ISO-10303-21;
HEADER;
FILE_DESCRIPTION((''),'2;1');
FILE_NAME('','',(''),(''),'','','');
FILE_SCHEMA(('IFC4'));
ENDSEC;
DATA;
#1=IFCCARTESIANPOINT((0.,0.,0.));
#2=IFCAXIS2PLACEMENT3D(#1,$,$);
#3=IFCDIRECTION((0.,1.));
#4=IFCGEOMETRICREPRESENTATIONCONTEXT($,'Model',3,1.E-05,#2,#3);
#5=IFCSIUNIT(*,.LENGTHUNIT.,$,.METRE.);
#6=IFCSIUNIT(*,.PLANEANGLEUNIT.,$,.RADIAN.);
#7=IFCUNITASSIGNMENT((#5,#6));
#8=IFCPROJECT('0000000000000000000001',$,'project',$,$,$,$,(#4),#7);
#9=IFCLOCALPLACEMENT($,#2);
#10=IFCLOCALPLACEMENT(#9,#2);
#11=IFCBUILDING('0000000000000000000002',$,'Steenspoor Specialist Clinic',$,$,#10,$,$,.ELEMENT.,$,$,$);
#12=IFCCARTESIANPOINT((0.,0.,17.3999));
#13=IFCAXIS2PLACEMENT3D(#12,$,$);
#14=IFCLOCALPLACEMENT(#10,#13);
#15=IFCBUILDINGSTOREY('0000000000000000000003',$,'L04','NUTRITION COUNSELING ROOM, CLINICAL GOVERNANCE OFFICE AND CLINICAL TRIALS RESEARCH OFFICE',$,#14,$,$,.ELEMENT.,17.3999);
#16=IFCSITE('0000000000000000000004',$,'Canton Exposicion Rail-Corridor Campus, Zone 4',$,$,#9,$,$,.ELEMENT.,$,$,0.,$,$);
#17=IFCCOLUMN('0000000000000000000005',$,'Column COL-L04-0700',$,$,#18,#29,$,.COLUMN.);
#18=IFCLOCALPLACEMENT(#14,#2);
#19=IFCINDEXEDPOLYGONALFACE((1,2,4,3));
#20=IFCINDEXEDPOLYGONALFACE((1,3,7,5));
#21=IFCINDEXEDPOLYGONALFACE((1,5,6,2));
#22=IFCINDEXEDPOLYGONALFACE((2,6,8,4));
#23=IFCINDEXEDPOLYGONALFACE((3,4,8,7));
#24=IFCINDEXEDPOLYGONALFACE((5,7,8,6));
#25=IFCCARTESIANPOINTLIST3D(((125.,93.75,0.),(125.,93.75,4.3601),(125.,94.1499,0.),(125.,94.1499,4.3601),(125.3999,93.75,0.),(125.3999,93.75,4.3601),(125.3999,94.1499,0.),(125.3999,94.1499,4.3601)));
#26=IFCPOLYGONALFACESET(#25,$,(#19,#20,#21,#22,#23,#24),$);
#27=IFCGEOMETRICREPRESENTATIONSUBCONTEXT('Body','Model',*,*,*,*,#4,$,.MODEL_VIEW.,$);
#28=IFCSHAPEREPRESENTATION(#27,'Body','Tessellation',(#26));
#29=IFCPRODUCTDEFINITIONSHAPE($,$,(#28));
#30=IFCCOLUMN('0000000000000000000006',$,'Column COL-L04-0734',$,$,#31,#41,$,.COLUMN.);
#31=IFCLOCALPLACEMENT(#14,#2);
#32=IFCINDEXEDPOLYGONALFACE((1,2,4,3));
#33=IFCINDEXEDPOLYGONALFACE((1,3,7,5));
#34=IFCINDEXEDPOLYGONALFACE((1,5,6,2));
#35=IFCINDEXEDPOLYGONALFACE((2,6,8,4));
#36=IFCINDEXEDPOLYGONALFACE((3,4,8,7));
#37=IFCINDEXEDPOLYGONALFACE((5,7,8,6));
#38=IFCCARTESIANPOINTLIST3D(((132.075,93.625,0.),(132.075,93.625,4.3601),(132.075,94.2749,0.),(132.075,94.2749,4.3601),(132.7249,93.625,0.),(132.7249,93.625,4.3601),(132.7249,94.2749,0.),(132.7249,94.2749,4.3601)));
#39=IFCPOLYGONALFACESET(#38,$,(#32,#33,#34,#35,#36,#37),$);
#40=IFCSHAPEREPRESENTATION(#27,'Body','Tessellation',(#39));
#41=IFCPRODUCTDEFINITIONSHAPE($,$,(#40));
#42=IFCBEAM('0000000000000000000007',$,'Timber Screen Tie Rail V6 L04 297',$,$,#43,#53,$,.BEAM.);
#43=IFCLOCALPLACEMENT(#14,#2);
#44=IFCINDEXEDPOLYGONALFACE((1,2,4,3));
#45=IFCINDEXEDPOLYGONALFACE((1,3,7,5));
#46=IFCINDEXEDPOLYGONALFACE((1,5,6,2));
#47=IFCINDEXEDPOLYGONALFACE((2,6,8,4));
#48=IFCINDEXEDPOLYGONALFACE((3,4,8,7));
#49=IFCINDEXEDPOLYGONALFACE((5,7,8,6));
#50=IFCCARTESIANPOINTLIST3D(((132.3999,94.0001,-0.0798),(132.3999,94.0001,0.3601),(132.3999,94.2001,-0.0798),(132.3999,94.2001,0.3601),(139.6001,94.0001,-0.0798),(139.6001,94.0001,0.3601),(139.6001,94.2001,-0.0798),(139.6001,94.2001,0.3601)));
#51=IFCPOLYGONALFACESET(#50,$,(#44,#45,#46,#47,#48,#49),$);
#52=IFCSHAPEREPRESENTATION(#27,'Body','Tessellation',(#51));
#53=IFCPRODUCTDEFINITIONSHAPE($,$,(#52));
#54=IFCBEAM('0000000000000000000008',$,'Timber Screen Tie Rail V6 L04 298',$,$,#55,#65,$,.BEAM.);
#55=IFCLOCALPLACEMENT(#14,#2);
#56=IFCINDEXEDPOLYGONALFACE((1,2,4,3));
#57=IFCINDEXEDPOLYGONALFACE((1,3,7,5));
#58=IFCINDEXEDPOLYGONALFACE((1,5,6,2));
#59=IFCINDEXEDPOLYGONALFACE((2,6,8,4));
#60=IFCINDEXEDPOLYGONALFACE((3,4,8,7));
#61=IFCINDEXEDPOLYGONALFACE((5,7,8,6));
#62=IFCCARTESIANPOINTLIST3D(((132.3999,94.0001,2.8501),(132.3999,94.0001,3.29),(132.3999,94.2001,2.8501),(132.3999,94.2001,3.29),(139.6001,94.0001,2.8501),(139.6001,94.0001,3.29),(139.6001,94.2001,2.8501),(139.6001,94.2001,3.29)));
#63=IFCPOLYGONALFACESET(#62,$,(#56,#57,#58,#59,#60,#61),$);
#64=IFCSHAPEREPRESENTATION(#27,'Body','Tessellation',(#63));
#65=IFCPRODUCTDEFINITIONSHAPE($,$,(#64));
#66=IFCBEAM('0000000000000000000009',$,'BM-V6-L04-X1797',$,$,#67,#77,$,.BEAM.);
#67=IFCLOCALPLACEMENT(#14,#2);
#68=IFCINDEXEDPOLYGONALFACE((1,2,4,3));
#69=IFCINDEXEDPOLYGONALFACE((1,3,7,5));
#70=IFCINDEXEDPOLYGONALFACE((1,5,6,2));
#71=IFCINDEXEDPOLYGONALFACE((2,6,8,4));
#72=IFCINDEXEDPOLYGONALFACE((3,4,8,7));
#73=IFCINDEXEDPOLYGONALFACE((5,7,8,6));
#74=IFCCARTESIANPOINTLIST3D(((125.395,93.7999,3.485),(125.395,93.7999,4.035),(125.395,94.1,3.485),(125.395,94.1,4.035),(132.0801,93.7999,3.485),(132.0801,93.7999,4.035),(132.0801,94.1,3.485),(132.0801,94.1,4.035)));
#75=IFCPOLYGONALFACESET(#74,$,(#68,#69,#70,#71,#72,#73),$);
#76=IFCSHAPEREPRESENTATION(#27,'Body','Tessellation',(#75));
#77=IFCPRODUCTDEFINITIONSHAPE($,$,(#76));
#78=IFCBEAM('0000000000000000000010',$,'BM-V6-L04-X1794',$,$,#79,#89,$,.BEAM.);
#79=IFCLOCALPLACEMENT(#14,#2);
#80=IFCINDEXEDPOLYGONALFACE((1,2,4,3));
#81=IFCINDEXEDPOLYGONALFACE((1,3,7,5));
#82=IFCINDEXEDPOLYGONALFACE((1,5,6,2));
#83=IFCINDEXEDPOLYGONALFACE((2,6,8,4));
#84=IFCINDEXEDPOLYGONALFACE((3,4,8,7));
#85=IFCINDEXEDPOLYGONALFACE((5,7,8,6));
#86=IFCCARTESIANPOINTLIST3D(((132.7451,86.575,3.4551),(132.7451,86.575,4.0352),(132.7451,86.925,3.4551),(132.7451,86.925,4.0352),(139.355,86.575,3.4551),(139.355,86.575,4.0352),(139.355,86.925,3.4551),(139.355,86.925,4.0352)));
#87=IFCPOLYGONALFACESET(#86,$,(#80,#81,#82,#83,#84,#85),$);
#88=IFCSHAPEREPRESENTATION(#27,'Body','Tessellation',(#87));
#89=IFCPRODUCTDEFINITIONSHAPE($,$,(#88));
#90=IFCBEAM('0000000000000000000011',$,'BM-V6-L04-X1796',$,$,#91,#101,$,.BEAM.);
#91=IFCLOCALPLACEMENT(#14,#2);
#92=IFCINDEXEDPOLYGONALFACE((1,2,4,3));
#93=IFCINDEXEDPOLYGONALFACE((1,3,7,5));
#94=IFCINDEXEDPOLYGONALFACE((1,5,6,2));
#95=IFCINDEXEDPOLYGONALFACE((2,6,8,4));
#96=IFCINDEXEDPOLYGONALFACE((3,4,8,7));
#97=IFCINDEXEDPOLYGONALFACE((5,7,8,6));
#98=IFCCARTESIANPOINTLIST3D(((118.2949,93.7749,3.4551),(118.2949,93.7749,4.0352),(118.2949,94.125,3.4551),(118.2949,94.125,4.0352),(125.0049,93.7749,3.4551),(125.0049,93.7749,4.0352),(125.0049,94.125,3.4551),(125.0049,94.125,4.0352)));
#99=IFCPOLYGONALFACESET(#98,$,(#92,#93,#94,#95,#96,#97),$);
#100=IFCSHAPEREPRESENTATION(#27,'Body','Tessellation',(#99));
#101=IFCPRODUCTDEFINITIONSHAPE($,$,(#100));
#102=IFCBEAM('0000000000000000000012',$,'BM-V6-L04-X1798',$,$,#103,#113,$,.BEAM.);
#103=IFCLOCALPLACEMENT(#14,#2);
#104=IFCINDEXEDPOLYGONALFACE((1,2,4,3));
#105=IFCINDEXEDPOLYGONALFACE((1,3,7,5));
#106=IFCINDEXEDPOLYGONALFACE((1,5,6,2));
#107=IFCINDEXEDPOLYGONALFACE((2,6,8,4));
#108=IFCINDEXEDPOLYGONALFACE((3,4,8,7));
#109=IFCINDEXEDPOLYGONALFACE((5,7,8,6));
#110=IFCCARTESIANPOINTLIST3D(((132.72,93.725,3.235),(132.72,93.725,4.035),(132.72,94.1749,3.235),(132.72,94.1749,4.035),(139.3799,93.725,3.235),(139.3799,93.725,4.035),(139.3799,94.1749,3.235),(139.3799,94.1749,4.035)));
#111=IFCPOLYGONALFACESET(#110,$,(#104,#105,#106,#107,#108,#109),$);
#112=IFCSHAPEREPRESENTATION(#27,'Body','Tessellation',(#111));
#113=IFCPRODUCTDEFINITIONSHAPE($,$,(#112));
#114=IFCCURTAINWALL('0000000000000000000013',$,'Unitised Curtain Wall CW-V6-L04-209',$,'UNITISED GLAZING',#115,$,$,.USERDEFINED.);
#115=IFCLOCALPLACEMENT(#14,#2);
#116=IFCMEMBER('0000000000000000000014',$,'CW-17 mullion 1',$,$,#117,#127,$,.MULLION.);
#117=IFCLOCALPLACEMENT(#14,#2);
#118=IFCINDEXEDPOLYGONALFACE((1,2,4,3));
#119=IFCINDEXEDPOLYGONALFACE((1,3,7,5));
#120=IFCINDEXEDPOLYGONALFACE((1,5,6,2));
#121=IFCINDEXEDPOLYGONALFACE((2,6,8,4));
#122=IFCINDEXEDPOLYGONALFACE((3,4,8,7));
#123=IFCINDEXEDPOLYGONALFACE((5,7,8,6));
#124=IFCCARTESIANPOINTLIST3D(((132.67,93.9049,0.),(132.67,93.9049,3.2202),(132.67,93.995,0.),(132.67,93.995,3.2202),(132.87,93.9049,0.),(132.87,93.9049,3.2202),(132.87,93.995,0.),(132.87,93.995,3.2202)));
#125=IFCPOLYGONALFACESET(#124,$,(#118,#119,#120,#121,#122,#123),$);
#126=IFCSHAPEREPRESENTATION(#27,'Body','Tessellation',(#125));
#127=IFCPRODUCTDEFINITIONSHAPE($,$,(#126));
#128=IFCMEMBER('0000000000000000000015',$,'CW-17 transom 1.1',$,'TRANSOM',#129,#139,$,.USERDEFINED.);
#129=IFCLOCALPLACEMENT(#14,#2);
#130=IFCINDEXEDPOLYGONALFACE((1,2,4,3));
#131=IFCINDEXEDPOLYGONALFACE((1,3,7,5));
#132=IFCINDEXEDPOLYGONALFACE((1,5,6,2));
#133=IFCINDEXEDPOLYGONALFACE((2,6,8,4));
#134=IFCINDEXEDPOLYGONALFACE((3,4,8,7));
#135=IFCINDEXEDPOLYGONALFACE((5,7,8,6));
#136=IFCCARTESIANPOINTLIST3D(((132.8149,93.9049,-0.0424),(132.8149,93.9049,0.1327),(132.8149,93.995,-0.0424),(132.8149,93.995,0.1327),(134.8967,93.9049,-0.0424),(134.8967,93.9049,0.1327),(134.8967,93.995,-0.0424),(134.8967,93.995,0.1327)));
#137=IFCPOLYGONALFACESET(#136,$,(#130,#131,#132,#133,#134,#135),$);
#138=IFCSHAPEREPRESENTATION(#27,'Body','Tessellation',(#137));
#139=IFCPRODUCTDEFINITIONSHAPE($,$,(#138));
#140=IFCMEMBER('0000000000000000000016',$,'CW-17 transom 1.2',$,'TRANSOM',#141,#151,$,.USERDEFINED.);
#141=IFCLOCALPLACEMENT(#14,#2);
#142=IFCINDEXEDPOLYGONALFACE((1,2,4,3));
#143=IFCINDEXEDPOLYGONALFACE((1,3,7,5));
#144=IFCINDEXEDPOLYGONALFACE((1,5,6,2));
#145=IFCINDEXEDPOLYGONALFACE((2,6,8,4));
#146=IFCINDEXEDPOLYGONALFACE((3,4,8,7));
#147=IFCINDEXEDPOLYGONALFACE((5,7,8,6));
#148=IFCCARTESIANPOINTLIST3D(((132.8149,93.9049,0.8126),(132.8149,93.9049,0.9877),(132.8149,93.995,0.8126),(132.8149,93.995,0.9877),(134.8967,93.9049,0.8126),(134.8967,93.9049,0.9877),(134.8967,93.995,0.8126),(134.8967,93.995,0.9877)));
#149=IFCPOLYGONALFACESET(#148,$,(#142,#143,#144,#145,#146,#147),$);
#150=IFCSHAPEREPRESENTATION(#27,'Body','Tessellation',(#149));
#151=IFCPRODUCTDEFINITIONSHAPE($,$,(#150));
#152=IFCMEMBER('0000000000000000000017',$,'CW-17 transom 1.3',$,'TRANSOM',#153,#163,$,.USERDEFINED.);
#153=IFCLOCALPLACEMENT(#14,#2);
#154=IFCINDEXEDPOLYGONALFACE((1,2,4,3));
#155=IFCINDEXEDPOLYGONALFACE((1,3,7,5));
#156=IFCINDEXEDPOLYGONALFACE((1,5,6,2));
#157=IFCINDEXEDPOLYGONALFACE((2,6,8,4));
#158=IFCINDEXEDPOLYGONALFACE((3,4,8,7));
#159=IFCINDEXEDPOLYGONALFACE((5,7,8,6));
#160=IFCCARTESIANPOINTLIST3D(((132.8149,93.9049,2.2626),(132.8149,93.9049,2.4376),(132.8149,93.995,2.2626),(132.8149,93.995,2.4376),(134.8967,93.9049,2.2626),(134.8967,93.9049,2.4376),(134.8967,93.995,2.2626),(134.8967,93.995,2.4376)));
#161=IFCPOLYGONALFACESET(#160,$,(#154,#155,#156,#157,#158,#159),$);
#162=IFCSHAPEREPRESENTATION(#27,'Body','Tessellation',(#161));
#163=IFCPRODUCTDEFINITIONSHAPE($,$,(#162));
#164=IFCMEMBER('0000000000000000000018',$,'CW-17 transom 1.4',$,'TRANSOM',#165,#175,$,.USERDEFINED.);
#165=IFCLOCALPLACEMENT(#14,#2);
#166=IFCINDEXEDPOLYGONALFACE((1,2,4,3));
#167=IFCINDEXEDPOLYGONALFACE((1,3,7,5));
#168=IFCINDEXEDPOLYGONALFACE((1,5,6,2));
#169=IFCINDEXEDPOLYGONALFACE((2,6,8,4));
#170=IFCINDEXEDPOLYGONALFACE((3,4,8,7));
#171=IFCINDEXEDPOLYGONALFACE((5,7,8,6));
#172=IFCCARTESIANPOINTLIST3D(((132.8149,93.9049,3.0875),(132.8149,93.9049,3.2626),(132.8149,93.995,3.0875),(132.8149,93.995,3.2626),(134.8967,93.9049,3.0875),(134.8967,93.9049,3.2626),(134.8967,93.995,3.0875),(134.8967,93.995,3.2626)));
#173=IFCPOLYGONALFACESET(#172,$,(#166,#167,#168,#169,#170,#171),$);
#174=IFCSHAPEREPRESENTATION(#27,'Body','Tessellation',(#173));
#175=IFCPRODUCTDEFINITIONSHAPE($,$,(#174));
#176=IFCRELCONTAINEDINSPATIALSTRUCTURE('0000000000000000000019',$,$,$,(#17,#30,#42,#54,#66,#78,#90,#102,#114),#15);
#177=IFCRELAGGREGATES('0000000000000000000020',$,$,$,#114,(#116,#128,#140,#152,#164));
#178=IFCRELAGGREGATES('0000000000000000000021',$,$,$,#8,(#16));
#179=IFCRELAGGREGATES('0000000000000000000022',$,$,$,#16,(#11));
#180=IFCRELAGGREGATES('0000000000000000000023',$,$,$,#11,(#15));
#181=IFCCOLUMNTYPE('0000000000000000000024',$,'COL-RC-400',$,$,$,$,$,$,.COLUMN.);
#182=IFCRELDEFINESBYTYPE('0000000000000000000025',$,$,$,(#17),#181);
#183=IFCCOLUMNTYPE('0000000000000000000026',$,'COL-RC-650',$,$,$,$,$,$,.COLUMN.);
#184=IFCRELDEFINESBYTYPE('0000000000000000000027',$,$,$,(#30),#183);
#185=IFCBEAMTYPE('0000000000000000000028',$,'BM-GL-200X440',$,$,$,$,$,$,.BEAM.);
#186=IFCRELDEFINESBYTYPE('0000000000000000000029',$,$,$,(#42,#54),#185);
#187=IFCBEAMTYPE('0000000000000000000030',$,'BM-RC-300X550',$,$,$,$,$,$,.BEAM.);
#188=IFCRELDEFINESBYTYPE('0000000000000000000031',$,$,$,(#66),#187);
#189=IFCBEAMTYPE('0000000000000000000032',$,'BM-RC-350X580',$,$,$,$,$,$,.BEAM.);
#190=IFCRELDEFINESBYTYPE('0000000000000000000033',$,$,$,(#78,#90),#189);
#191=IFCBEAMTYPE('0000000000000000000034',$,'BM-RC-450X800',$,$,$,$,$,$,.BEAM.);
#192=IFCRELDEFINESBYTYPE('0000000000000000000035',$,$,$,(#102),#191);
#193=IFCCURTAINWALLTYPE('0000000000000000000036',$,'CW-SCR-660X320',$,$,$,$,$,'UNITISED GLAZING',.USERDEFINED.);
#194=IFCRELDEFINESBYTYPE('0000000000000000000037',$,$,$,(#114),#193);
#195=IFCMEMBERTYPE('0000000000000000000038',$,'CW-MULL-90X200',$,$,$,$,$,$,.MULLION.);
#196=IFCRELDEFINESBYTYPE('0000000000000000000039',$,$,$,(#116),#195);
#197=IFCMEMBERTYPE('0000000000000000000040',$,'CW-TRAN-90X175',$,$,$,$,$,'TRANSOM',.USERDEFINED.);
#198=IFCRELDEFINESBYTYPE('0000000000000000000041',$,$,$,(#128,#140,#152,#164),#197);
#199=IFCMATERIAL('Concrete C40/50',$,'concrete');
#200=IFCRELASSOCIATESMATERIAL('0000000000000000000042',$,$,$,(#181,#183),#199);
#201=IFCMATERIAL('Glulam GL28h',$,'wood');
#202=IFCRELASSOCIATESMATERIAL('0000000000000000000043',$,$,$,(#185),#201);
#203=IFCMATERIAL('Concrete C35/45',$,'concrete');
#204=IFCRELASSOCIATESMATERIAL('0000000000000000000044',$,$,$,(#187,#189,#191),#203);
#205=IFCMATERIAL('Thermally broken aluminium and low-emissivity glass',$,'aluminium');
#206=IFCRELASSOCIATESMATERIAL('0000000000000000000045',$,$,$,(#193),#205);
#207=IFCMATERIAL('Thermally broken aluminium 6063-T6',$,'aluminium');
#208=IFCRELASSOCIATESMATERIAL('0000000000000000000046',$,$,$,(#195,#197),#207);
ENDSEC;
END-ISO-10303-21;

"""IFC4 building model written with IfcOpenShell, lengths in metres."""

from ifc_helpers import new_model, si_unit, direction, frame, origin, origin_2d, place, context, subcontext, project, spatial, rectangle, extrude, material, material_profile, profile_set, type_object, element, aggregate, save


model = new_model("IFC4")

# Units and contexts
model_context = context("Model", 3, precision=1e-05, world=origin(), true_north=direction((0.0, 1.0)))
body_context = subcontext(model_context, "Body", "Model", "MODEL_VIEW")
ifc_project = project(units=[si_unit("LENGTHUNIT", "METRE"), si_unit("PLANEANGLEUNIT", "RADIAN")], contexts=[model_context])

# Site, building, storey
site_placement = place(None, origin())
site = spatial("IfcSite", under=ifc_project, at=site_placement, Name="Canton Exposicion Rail-Corridor Campus, Zone 4", CompositionType="ELEMENT", RefElevation=0.0)
building_placement = place(site_placement, origin())
building = spatial("IfcBuilding", under=site, at=building_placement, Name="Steenspoor Specialist Clinic", CompositionType="ELEMENT")
storey_placement = place(building_placement, frame((0.0, 0.0, 17.3999)))
storey = spatial("IfcBuildingStorey", under=building, at=storey_placement, Name="L04", Description="NUTRITION COUNSELING ROOM, CLINICAL GOVERNANCE OFFICE AND CLINICAL TRIALS RESEARCH OFFICE", CompositionType="ELEMENT", Elevation=17.3999)

# Columns
ifc_material_1 = material(Name="Concrete C40/50", Category="concrete")
ifc_material_profile_1 = material_profile(ifc_material_1, rectangle(XDim=0.3999, YDim=0.3999, at=origin_2d()), Name="RC-COL-400X400")
ifc_profile_set_1 = profile_set([ifc_material_profile_1], Name="Concrete C40/50")
column_type_1 = type_object("IfcColumnType", Name="COL-RC-400", PredefinedType="COLUMN", material=ifc_profile_set_1)
column_1_placement = place(storey_placement, frame((125.2, 93.95, 0.0), z_axis=(0.0, 0.0, 1.0), x_axis=(1.0, 0.0, 0.0)))
element("IfcColumn", 1, at=column_1_placement, inside=storey, type_object=column_type_1, Name="Column COL-L04-0700", PredefinedType="COLUMN", context=body_context, shape_type="SweptSolid", body=[
    extrude(rectangle(XDim=0.3999, YDim=0.3999, at=origin_2d()), origin(), (0.0, 0.0, 1.0), 4.3601),
])
ifc_material_profile_2 = material_profile(ifc_material_1, rectangle(XDim=0.6499, YDim=0.6499, at=origin_2d()), Name="RC-COL-650X650")
ifc_profile_set_2 = profile_set([ifc_material_profile_2], Name="Concrete C40/50")
column_type_2 = type_object("IfcColumnType", Name="COL-RC-650", PredefinedType="COLUMN", material=ifc_profile_set_2)
column_2_placement = place(storey_placement, frame((132.3999, 93.95, 0.0), z_axis=(0.0, 0.0, 1.0), x_axis=(1.0, 0.0, 0.0)))
element("IfcColumn", 2, at=column_2_placement, inside=storey, type_object=column_type_2, Name="Column COL-L04-0734", PredefinedType="COLUMN", context=body_context, shape_type="SweptSolid", body=[
    extrude(rectangle(XDim=0.6499, YDim=0.6499, at=origin_2d()), origin(), (0.0, 0.0, 1.0), 4.3601),
])

# Beams
ifc_material_2 = material(Name="Glulam GL28h", Category="wood")
ifc_material_profile_3 = material_profile(ifc_material_2, rectangle(XDim=0.2, YDim=0.4399, at=origin_2d()), Name="GL28H-200X440")
ifc_profile_set_3 = profile_set([ifc_material_profile_3], Name="Glulam GL28h")
beam_type_1 = type_object("IfcBeamType", Name="BM-GL-200X440", PredefinedType="BEAM", material=ifc_profile_set_3)
for number, where, z_axis, x_axis, name in (
    (3, (132.3999, 94.1001, 0.1401), (1.0, 0.0, 0.0), (0.0, 1.0, 0.0), "Timber Screen Tie Rail V6 L04 297"),
    (4, (132.3999, 94.1001, 3.0701), (1.0, 0.0, 0.0), (0.0, 1.0, 0.0), "Timber Screen Tie Rail V6 L04 298"),
):
    element("IfcBeam", number, at=place(storey_placement, frame(where, z_axis=z_axis, x_axis=x_axis)), inside=storey, type_object=beam_type_1, Name=name, PredefinedType="BEAM", context=body_context, shape_type="SweptSolid", body=[
        extrude(rectangle(XDim=0.2, YDim=0.4399, at=origin_2d()), origin(), (0.0, 0.0, 1.0), 7.2002),
    ])
ifc_material_3 = material(Name="Concrete C35/45", Category="concrete")
ifc_material_profile_4 = material_profile(ifc_material_3, rectangle(XDim=0.3, YDim=0.55, at=origin_2d()), Name="RC-BM-300X550")
ifc_profile_set_4 = profile_set([ifc_material_profile_4], Name="Concrete C35/45")
beam_type_2 = type_object("IfcBeamType", Name="BM-RC-300X550", PredefinedType="BEAM", material=ifc_profile_set_4)
beam_1_placement = place(storey_placement, frame((125.395, 93.95, 3.76), z_axis=(1.0, 0.0, 0.0), x_axis=(0.0, 1.0, 0.0)))
element("IfcBeam", 5, at=beam_1_placement, inside=storey, type_object=beam_type_2, Name="BM-V6-L04-X1797", PredefinedType="BEAM", context=body_context, shape_type="SweptSolid", body=[
    extrude(rectangle(XDim=0.3, YDim=0.55, at=origin_2d()), origin(), (0.0, 0.0, 1.0), 6.6851),
])
ifc_material_profile_5 = material_profile(ifc_material_3, rectangle(XDim=0.3501, YDim=0.5801, at=origin_2d()), Name="RC-BM-350X580")
ifc_profile_set_5 = profile_set([ifc_material_profile_5], Name="Concrete C35/45")
beam_type_3 = type_object("IfcBeamType", Name="BM-RC-350X580", PredefinedType="BEAM", material=ifc_profile_set_5)
beam_2_placement = place(storey_placement, frame((132.7451, 86.75, 3.7451), z_axis=(1.0, 0.0, 0.0), x_axis=(0.0, 1.0, 0.0)))
element("IfcBeam", 6, at=beam_2_placement, inside=storey, type_object=beam_type_3, Name="BM-V6-L04-X1794", PredefinedType="BEAM", context=body_context, shape_type="SweptSolid", body=[
    extrude(rectangle(XDim=0.3501, YDim=0.5801, at=origin_2d()), origin(), (0.0, 0.0, 1.0), 6.6099),
])
beam_3_placement = place(storey_placement, frame((118.2949, 93.95, 3.7451), z_axis=(1.0, 0.0, 0.0), x_axis=(0.0, 1.0, 0.0)))
element("IfcBeam", 7, at=beam_3_placement, inside=storey, type_object=beam_type_3, Name="BM-V6-L04-X1796", PredefinedType="BEAM", context=body_context, shape_type="SweptSolid", body=[
    extrude(rectangle(XDim=0.3501, YDim=0.5801, at=origin_2d()), origin(), (0.0, 0.0, 1.0), 6.71),
])
ifc_material_profile_6 = material_profile(ifc_material_3, rectangle(XDim=0.45, YDim=0.8, at=origin_2d()), Name="RC-BM-450X800")
ifc_profile_set_6 = profile_set([ifc_material_profile_6], Name="Concrete C35/45")
beam_type_4 = type_object("IfcBeamType", Name="BM-RC-450X800", PredefinedType="BEAM", material=ifc_profile_set_6)
beam_4_placement = place(storey_placement, frame((132.72, 93.95, 3.635), z_axis=(1.0, 0.0, 0.0), x_axis=(0.0, 1.0, 0.0)))
element("IfcBeam", 8, at=beam_4_placement, inside=storey, type_object=beam_type_4, Name="BM-V6-L04-X1798", PredefinedType="BEAM", context=body_context, shape_type="SweptSolid", body=[
    extrude(rectangle(XDim=0.45, YDim=0.8, at=origin_2d()), origin(), (0.0, 0.0, 1.0), 6.6599),
])

# Curtain wall, members
ifc_material_4 = material(Name="Thermally broken aluminium and low-emissivity glass", Category="aluminium")
curtain_wall_type = type_object("IfcCurtainWallType", Name="CW-SCR-660X320", ElementType="UNITISED GLAZING", PredefinedType="USERDEFINED", material=ifc_material_4)
curtain_wall_placement = place(storey_placement, origin())
curtain_wall = element("IfcCurtainWall", 9, at=curtain_wall_placement, inside=storey, type_object=curtain_wall_type, Name="Unitised Curtain Wall CW-V6-L04-209", ObjectType="UNITISED GLAZING", PredefinedType="USERDEFINED")
ifc_material_5 = material(Name="Thermally broken aluminium 6063-T6", Category="aluminium")
ifc_material_profile_7 = material_profile(ifc_material_5, rectangle(XDim=0.0901, YDim=0.2, at=origin_2d()), Name="CWM-90X200")
ifc_profile_set_7 = profile_set([ifc_material_profile_7], Name="Thermally broken aluminium 6063-T6")
member_type_1 = type_object("IfcMemberType", Name="CW-MULL-90X200", PredefinedType="MULLION", material=ifc_profile_set_7)
member_1_placement = place(storey_placement, frame((132.77, 93.95, 0.0), z_axis=(0.0, 0.0, 1.0), x_axis=(0.0, 1.0, 0.0)))
member_1 = element("IfcMember", 10, at=member_1_placement, type_object=member_type_1, Name="CW-17 mullion 1", PredefinedType="MULLION", context=body_context, shape_type="SweptSolid", body=[
    extrude(rectangle(XDim=0.0901, YDim=0.2, at=origin_2d()), origin(), (0.0, 0.0, 1.0), 3.2202),
])
ifc_material_profile_8 = material_profile(ifc_material_5, rectangle(XDim=0.0901, YDim=0.175, at=origin_2d()), Name="CWT-90X175")
ifc_profile_set_8 = profile_set([ifc_material_profile_8], Name="Thermally broken aluminium 6063-T6")
member_type_2 = type_object("IfcMemberType", Name="CW-TRAN-90X175", ElementType="TRANSOM", PredefinedType="USERDEFINED", material=ifc_profile_set_8)
member_2_placement = place(storey_placement, frame((132.8149, 93.95, 0.0452), z_axis=(1.0, 0.0, 0.0), x_axis=(0.0, 1.0, 0.0)))
member_2 = element("IfcMember", 11, at=member_2_placement, type_object=member_type_2, Name="CW-17 transom 1.1", ObjectType="TRANSOM", PredefinedType="USERDEFINED", context=body_context, shape_type="SweptSolid", body=[
    extrude(rectangle(XDim=0.0901, YDim=0.175, at=origin_2d()), origin(), (0.0, 0.0, 1.0), 2.0818),
])
member_3_placement = place(storey_placement, frame((132.8149, 93.95, 0.9001), z_axis=(1.0, 0.0, 0.0), x_axis=(0.0, 1.0, 0.0)))
member_3 = element("IfcMember", 12, at=member_3_placement, type_object=member_type_2, Name="CW-17 transom 1.2", ObjectType="TRANSOM", PredefinedType="USERDEFINED", context=body_context, shape_type="SweptSolid", body=[
    extrude(rectangle(XDim=0.0901, YDim=0.175, at=origin_2d()), origin(), (0.0, 0.0, 1.0), 2.0818),
])
member_4_placement = place(storey_placement, frame((132.8149, 93.95, 2.3501), z_axis=(1.0, 0.0, 0.0), x_axis=(0.0, 1.0, 0.0)))
member_4 = element("IfcMember", 13, at=member_4_placement, type_object=member_type_2, Name="CW-17 transom 1.3", ObjectType="TRANSOM", PredefinedType="USERDEFINED", context=body_context, shape_type="SweptSolid", body=[
    extrude(rectangle(XDim=0.0901, YDim=0.175, at=origin_2d()), origin(), (0.0, 0.0, 1.0), 2.0818),
])
member_5_placement = place(storey_placement, frame((132.8149, 93.95, 3.175), z_axis=(1.0, 0.0, 0.0), x_axis=(0.0, 1.0, 0.0)))
member_5 = element("IfcMember", 14, at=member_5_placement, type_object=member_type_2, Name="CW-17 transom 1.4", ObjectType="TRANSOM", PredefinedType="USERDEFINED", context=body_context, shape_type="SweptSolid", body=[
    extrude(rectangle(XDim=0.0901, YDim=0.175, at=origin_2d()), origin(), (0.0, 0.0, 1.0), 2.0818),
])

aggregate(curtain_wall, [member_1, member_2, member_3, member_4, member_5])

save(model, "model.ifc")
